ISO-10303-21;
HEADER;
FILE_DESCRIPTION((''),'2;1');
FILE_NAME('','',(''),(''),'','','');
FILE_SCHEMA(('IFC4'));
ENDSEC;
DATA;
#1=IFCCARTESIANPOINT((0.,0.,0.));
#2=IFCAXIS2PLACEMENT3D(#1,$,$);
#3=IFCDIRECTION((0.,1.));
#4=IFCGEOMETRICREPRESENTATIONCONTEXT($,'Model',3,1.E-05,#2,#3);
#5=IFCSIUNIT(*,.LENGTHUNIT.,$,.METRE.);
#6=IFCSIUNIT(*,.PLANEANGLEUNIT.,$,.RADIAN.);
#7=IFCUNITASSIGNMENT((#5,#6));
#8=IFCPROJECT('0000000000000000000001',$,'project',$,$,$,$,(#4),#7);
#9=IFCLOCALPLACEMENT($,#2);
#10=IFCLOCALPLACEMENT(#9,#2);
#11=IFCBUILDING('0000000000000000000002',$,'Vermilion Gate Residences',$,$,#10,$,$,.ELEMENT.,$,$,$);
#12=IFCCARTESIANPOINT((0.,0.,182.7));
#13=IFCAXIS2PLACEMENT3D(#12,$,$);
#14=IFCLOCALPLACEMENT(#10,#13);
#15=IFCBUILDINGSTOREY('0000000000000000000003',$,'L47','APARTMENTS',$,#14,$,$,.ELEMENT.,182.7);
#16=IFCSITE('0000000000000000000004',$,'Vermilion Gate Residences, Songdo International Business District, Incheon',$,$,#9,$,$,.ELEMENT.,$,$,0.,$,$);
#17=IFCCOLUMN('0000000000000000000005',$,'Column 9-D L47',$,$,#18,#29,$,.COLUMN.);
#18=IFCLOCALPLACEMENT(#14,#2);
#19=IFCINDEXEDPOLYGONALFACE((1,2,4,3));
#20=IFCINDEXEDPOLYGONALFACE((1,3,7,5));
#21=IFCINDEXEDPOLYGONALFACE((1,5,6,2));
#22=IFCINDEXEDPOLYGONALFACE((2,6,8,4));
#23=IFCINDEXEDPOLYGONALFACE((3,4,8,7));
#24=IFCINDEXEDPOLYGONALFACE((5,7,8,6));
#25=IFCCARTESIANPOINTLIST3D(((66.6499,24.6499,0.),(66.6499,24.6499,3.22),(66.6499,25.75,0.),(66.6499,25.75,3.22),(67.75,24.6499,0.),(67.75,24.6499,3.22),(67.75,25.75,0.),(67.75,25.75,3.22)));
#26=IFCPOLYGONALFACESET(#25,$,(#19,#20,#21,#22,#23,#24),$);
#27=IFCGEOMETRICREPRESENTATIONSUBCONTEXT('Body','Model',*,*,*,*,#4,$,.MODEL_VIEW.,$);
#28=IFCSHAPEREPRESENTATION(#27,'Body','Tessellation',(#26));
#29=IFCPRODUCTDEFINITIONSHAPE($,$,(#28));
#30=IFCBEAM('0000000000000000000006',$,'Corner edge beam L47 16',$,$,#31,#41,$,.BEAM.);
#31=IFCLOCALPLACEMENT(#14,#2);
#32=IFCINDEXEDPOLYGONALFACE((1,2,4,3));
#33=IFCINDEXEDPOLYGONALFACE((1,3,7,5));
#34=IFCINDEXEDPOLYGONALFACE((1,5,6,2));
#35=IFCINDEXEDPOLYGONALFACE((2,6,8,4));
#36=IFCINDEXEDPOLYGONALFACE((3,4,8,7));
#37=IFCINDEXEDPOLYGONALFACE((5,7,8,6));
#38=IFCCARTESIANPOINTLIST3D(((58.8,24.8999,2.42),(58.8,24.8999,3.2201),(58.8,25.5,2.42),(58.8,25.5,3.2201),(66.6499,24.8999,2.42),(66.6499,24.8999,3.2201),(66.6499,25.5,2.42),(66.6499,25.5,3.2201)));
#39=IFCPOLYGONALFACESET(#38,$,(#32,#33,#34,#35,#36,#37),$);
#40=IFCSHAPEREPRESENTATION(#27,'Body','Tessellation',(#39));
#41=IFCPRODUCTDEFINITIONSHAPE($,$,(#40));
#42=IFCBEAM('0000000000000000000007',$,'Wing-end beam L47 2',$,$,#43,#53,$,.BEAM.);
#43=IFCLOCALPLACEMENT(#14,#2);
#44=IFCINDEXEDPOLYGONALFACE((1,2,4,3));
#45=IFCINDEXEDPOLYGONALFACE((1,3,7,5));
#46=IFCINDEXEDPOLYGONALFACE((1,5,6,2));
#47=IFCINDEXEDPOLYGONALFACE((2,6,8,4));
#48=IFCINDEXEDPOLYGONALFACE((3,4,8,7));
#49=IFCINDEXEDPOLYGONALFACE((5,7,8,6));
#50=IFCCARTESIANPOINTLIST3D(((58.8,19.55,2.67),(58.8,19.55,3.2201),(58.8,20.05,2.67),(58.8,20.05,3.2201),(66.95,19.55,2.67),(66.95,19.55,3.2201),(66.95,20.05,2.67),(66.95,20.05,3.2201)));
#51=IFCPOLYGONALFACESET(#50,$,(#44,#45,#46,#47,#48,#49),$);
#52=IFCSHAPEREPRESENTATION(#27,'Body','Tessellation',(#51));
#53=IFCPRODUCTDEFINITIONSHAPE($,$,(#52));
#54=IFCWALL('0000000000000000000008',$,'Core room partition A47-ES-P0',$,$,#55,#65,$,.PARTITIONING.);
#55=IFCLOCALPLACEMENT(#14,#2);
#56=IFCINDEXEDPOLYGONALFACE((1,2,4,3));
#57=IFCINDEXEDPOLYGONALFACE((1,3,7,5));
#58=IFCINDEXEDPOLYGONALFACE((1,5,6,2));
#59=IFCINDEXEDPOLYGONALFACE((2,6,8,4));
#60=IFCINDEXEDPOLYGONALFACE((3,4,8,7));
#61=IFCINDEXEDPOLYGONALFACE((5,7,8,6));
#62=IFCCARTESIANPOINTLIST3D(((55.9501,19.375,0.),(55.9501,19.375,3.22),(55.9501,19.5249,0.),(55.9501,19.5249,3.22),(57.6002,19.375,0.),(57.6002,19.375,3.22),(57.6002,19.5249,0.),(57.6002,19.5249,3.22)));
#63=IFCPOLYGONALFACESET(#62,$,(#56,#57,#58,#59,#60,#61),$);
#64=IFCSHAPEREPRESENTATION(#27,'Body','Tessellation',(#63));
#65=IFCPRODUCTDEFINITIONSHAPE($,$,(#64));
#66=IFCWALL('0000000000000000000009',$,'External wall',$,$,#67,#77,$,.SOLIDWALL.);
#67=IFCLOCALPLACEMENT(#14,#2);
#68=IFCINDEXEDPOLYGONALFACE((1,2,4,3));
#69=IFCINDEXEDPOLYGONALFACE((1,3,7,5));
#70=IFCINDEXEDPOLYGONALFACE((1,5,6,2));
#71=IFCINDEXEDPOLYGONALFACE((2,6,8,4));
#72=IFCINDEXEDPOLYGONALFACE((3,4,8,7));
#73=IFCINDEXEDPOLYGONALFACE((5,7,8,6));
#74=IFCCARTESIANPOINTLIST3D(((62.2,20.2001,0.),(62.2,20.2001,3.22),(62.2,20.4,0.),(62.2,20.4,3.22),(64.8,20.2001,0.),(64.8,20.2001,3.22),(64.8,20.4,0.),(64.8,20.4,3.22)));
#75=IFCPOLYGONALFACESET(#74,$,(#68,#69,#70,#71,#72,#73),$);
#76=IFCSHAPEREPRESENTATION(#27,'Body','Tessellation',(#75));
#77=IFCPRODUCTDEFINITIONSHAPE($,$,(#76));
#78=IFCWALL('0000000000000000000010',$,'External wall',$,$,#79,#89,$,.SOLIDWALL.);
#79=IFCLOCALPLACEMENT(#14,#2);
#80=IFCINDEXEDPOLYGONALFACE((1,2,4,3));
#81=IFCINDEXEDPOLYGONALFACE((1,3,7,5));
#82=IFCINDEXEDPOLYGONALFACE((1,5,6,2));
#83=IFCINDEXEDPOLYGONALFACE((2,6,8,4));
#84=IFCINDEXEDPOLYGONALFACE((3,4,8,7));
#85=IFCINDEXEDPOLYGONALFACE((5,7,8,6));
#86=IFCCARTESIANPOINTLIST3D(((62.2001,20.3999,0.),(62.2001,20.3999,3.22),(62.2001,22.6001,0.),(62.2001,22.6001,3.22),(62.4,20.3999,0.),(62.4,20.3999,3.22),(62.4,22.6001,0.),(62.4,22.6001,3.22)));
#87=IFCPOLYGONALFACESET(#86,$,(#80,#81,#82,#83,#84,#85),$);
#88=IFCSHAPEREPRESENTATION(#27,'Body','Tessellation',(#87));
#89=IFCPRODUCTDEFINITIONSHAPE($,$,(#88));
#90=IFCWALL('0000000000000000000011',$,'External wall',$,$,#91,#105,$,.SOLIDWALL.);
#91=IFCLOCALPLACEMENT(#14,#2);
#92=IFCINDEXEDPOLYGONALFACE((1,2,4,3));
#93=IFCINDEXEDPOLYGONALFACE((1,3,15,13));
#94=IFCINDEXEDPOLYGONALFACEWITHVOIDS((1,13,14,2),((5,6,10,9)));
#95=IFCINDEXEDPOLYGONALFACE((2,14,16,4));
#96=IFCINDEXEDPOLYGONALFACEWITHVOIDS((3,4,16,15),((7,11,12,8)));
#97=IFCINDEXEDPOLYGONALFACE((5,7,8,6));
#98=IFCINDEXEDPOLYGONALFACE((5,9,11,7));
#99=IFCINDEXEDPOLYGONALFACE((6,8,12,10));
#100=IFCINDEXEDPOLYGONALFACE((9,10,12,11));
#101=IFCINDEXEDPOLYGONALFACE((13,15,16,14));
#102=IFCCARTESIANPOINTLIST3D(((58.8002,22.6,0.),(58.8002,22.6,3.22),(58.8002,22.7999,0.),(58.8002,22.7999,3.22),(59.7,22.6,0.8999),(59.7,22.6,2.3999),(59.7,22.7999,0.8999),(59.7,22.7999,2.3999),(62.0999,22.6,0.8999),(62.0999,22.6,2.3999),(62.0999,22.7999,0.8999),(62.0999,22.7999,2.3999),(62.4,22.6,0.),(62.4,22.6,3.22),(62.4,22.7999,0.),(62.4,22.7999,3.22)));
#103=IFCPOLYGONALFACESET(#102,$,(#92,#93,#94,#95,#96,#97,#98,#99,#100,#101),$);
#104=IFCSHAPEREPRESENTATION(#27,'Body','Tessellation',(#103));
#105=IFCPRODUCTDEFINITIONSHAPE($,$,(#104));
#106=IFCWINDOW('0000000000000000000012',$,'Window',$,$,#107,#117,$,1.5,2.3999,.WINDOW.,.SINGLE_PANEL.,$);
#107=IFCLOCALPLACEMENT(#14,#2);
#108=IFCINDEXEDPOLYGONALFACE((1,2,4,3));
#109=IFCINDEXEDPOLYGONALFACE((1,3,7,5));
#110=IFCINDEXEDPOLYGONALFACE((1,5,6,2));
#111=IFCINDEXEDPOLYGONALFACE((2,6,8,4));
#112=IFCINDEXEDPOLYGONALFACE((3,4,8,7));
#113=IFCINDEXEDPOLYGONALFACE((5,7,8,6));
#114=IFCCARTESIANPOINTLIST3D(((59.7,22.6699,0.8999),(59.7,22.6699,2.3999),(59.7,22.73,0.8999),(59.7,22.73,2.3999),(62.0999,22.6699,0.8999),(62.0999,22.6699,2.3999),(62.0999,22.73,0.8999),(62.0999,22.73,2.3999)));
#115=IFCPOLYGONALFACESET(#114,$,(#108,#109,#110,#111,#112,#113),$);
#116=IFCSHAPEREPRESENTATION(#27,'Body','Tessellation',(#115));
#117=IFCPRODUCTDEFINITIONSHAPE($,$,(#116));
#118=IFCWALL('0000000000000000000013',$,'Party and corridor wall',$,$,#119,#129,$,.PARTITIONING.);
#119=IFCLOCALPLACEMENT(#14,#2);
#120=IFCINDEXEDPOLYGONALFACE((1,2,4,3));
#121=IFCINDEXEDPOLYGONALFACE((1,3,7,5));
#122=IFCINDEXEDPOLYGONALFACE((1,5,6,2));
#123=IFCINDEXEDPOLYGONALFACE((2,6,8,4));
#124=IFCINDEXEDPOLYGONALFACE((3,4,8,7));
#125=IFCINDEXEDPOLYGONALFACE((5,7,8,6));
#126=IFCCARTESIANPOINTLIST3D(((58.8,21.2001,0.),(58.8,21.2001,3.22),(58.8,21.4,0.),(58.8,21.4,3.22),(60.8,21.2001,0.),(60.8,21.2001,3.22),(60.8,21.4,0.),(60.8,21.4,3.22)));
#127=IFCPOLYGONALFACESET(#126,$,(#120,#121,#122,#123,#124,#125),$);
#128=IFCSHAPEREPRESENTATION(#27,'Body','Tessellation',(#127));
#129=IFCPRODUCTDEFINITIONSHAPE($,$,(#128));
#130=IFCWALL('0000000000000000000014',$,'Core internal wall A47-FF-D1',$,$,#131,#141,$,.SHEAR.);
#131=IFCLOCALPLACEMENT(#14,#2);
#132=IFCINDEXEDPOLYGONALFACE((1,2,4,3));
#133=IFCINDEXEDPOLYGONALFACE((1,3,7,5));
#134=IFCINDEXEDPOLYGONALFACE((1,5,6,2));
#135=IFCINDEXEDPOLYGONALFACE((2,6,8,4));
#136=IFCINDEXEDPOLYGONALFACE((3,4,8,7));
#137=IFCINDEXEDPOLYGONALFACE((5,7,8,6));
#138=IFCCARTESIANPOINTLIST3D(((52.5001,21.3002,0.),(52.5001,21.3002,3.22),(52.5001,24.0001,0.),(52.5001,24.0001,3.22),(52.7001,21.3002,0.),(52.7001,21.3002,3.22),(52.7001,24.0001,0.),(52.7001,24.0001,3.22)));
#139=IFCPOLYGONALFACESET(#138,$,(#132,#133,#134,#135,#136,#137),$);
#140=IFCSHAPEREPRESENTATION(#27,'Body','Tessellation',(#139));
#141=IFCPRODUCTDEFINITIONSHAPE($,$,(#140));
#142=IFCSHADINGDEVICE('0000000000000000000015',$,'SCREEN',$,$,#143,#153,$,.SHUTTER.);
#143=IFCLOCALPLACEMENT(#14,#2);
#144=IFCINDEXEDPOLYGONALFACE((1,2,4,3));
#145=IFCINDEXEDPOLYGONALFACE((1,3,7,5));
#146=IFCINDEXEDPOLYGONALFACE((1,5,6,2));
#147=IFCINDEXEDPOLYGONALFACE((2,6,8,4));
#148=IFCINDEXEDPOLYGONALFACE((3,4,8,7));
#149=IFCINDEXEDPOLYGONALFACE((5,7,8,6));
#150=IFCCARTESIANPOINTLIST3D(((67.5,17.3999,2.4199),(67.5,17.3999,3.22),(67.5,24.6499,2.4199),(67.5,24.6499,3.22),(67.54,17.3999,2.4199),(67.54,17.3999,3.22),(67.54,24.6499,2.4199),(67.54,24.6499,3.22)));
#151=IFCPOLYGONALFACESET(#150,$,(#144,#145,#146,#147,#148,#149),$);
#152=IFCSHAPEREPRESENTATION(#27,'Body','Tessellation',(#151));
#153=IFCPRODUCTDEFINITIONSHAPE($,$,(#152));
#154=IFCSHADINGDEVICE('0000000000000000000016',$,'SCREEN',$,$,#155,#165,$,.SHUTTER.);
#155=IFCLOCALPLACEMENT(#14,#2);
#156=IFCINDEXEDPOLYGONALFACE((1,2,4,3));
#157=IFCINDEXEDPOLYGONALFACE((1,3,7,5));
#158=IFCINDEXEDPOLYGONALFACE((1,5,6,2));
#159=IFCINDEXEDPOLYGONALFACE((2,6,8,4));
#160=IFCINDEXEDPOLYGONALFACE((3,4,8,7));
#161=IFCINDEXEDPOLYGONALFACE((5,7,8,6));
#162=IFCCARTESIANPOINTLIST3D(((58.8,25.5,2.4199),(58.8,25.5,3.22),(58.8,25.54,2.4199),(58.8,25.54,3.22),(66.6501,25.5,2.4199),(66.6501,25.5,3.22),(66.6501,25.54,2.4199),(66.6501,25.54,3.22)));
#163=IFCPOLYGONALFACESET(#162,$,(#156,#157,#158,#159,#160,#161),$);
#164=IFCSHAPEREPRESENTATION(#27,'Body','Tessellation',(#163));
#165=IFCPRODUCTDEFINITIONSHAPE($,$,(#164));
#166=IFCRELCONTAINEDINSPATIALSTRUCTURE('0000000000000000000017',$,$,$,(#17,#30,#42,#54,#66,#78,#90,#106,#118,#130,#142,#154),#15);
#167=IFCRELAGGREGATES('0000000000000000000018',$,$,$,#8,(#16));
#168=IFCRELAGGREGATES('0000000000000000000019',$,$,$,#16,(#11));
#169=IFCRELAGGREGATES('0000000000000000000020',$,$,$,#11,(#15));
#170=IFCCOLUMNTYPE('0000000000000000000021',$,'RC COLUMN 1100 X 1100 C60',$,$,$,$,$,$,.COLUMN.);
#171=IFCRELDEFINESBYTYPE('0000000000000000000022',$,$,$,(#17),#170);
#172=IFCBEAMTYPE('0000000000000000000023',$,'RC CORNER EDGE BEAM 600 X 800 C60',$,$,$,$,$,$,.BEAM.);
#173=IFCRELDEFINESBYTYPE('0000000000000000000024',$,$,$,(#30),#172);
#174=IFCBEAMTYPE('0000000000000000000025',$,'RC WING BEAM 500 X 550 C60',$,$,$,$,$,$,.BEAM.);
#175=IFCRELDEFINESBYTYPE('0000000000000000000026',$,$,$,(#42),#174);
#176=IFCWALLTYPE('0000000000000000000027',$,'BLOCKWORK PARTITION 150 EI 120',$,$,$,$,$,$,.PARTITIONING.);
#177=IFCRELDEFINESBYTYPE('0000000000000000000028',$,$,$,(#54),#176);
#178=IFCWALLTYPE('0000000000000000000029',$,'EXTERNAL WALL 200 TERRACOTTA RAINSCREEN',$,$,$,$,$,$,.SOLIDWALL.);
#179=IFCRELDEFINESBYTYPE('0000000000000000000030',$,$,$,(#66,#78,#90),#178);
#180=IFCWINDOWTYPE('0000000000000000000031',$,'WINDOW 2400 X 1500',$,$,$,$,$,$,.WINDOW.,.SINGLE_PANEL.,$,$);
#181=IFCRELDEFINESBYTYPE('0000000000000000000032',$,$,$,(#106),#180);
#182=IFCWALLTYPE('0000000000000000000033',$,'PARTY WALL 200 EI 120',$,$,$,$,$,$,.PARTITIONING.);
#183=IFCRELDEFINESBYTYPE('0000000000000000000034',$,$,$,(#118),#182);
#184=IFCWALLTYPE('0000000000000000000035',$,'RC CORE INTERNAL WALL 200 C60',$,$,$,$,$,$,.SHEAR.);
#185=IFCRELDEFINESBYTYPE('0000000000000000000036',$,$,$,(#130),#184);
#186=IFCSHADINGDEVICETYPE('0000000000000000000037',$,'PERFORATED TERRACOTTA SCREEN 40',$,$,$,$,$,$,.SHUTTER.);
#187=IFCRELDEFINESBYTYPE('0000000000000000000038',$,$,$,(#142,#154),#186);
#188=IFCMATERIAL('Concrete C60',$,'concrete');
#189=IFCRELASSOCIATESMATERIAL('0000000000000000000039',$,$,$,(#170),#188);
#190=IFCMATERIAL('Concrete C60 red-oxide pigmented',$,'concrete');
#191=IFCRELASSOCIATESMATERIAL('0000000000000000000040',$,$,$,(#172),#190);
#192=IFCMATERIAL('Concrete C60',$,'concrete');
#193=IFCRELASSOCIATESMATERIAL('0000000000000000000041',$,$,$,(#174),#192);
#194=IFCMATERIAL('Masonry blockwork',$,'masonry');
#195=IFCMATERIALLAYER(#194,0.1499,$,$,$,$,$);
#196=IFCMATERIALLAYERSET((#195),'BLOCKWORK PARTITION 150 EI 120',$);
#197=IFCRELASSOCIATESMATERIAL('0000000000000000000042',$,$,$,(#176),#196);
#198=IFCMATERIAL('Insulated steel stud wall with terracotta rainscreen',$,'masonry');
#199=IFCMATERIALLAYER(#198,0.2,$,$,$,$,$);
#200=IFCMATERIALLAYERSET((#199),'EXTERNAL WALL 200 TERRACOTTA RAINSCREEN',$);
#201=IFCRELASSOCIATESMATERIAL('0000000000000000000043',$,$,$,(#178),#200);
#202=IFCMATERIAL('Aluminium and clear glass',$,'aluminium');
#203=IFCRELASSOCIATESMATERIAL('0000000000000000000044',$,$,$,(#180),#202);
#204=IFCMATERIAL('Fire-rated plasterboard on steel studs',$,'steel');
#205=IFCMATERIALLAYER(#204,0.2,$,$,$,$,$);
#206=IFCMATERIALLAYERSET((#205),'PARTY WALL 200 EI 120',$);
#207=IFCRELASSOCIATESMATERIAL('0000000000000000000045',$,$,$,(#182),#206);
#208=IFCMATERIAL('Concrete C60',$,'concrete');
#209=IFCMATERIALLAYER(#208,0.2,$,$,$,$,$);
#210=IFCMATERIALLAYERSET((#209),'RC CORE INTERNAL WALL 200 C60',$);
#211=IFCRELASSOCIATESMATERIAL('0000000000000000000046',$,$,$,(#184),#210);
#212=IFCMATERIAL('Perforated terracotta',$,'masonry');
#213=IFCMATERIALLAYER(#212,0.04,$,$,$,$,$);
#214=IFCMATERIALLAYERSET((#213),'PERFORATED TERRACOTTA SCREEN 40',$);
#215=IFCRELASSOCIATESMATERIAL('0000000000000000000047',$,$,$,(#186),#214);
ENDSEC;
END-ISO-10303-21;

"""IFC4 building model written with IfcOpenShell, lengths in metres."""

from ifc_helpers import new_model, si_unit, direction, frame, frame_2d, origin, origin_2d, place, context, subcontext, project, spatial, rectangle, extrude, material, layer, layer_set, material_profile, profile_set, type_object, element, fill, save


model = new_model("IFC4")

# Units and contexts
model_context = context("Model", 3, precision=1e-05, world=origin(), true_north=direction((0.0, 1.0)))
body_context = subcontext(model_context, "Body", "Model", "MODEL_VIEW")
ifc_project = project(units=[si_unit("LENGTHUNIT", "METRE"), si_unit("PLANEANGLEUNIT", "RADIAN")], contexts=[model_context])

# Site, building, storey
site_placement = place(None, origin())
site = spatial("IfcSite", under=ifc_project, at=site_placement, Name="Vermilion Gate Residences, Songdo International Business District, Incheon", CompositionType="ELEMENT", RefElevation=0.0)
building_placement = place(site_placement, origin())
building = spatial("IfcBuilding", under=site, at=building_placement, Name="Vermilion Gate Residences", CompositionType="ELEMENT")
storey_placement = place(building_placement, frame((0.0, 0.0, 182.7)))
storey = spatial("IfcBuildingStorey", under=building, at=storey_placement, Name="L47", Description="APARTMENTS", CompositionType="ELEMENT", Elevation=182.7)

# Column
ifc_material_1 = material(Name="Concrete C60", Category="concrete")
ifc_material_profile_1 = material_profile(ifc_material_1, rectangle(XDim=1.1001, YDim=1.1001, at=origin_2d()), Name="RC-1100x1100")
ifc_profile_set_1 = profile_set([ifc_material_profile_1], Name="Concrete C60")
column_type = type_object("IfcColumnType", Name="RC COLUMN 1100 X 1100 C60", PredefinedType="COLUMN", material=ifc_profile_set_1)
column_placement = place(storey_placement, frame((67.2, 25.2, 0.0), z_axis=(0.0, 0.0, 1.0), x_axis=(1.0, 0.0, 0.0)))
element("IfcColumn", 1, at=column_placement, inside=storey, type_object=column_type, Name="Column 9-D L47", PredefinedType="COLUMN", context=body_context, shape_type="SweptSolid", body=[
    extrude(rectangle(XDim=1.1001, YDim=1.1001, at=origin_2d()), origin(), (0.0, 0.0, 1.0), 3.22),
])

# Beams
ifc_material_2 = material(Name="Concrete C60 red-oxide pigmented", Category="concrete")
ifc_material_profile_2 = material_profile(ifc_material_2, rectangle(XDim=0.6001, YDim=0.8, at=origin_2d()), Name="RC-600x800")
ifc_profile_set_2 = profile_set([ifc_material_profile_2], Name="Concrete C60 red-oxide pigmented")
beam_type_1 = type_object("IfcBeamType", Name="RC CORNER EDGE BEAM 600 X 800 C60", PredefinedType="BEAM", material=ifc_profile_set_2)
beam_1_placement = place(storey_placement, frame((58.8, 25.2, 2.8201), z_axis=(1.0, 0.0, 0.0), x_axis=(0.0, 1.0, 0.0)))
element("IfcBeam", 2, at=beam_1_placement, inside=storey, type_object=beam_type_1, Name="Corner edge beam L47 16", PredefinedType="BEAM", context=body_context, shape_type="SweptSolid", body=[
    extrude(rectangle(XDim=0.6001, YDim=0.8, at=origin_2d()), origin(), (0.0, 0.0, 1.0), 7.8499),
])
ifc_material_3 = material(Name="Concrete C60", Category="concrete")
ifc_material_profile_3 = material_profile(ifc_material_3, rectangle(XDim=0.5, YDim=0.55, at=origin_2d()), Name="RC-500x550")
ifc_profile_set_3 = profile_set([ifc_material_profile_3], Name="Concrete C60")
beam_type_2 = type_object("IfcBeamType", Name="RC WING BEAM 500 X 550 C60", PredefinedType="BEAM", material=ifc_profile_set_3)
beam_2_placement = place(storey_placement, frame((58.8, 19.8, 2.9451), z_axis=(1.0, 0.0, 0.0), x_axis=(0.0, 1.0, 0.0)))
element("IfcBeam", 3, at=beam_2_placement, inside=storey, type_object=beam_type_2, Name="Wing-end beam L47 2", PredefinedType="BEAM", context=body_context, shape_type="SweptSolid", body=[
    extrude(rectangle(XDim=0.5, YDim=0.55, at=origin_2d()), origin(), (0.0, 0.0, 1.0), 8.1499),
])

# Walls
ifc_material_4 = material(Name="Masonry blockwork", Category="masonry")
ifc_layer_1 = layer(ifc_material_4, 0.1499)
ifc_layer_set_1 = layer_set([ifc_layer_1], Name="BLOCKWORK PARTITION 150 EI 120")
wall_type_1 = type_object("IfcWallType", Name="BLOCKWORK PARTITION 150 EI 120", PredefinedType="PARTITIONING", material=ifc_layer_set_1)
wall_1_placement = place(storey_placement, frame((55.95, 19.45, 0.0), z_axis=(0.0, 0.0, 1.0), x_axis=(1.0, 0.0, 0.0)))
element("IfcWall", 4, at=wall_1_placement, inside=storey, type_object=wall_type_1, Name="Core room partition A47-ES-P0", PredefinedType="PARTITIONING", context=body_context, shape_type="SweptSolid", body=[
    extrude(rectangle(XDim=1.6501, YDim=0.1499, at=frame_2d((0.8252, 0.0))), origin(), (0.0, 0.0, 1.0), 3.22),
])
ifc_material_5 = material(Name="Insulated steel stud wall with terracotta rainscreen", Category="masonry")
ifc_layer_2 = layer(ifc_material_5, 0.2)
ifc_layer_set_2 = layer_set([ifc_layer_2], Name="EXTERNAL WALL 200 TERRACOTTA RAINSCREEN")
wall_type_2 = type_object("IfcWallType", Name="EXTERNAL WALL 200 TERRACOTTA RAINSCREEN", PredefinedType="SOLIDWALL", material=ifc_layer_set_2)
wall_2_placement = place(storey_placement, frame((64.8, 20.3, 0.0), z_axis=(0.0, 0.0, 1.0), x_axis=(-1.0, 0.0, 0.0)))
element("IfcWall", 5, at=wall_2_placement, inside=storey, type_object=wall_type_2, Name="External wall", PredefinedType="SOLIDWALL", context=body_context, shape_type="SweptSolid", body=[
    extrude(rectangle(XDim=2.6001, YDim=0.2, at=frame_2d((1.3, 0.0))), origin(), (0.0, 0.0, 1.0), 3.22),
])
wall_3_placement = place(storey_placement, frame((62.3, 20.3999, 0.0), z_axis=(0.0, 0.0, 1.0), x_axis=(0.0, 1.0, 0.0)))
element("IfcWall", 6, at=wall_3_placement, inside=storey, type_object=wall_type_2, Name="External wall", PredefinedType="SOLIDWALL", context=body_context, shape_type="SweptSolid", body=[
    extrude(rectangle(XDim=2.2002, YDim=0.2, at=frame_2d((1.1001, 0.0))), origin(), (0.0, 0.0, 1.0), 3.22),
])

# Wall, opening, window
wall_4_placement = place(storey_placement, frame((62.3999, 22.7, 0.0), z_axis=(0.0, 0.0, 1.0), x_axis=(-1.0, 0.0, 0.0)))
wall_4 = element("IfcWall", 7, at=wall_4_placement, inside=storey, type_object=wall_type_2, Name="External wall", PredefinedType="SOLIDWALL", context=body_context, shape_type="SweptSolid", body=[
    extrude(rectangle(XDim=3.5999, YDim=0.2, at=frame_2d((1.7998, 0.0))), origin(), (0.0, 0.0, 1.0), 3.22),
])
opening_placement = place(wall_4_placement, frame((0.3, 0.0, 0.8999)))
opening = element("IfcOpeningElement", 8, at=opening_placement, cuts=wall_4, PredefinedType="OPENING", context=body_context, shape_type="SweptSolid", body=[
    extrude(rectangle(XDim=2.3999, YDim=1.5, at=frame_2d((1.2, 0.75))), frame((0.0, 0.1099, 0.0), z_axis=(0.0, -1.0, 0.0), x_axis=(1.0, 0.0, 0.0)), (0.0, 0.0, 1.0), 0.22),
])
ifc_material_6 = material(Name="Aluminium and clear glass", Category="aluminium")
window_type = type_object("IfcWindowType", Name="WINDOW 2400 X 1500", PartitioningType="SINGLE_PANEL", PredefinedType="WINDOW", material=ifc_material_6)
window_placement = place(opening_placement, origin())
window = element("IfcWindow", 9, at=window_placement, inside=storey, type_object=window_type, Name="Window", OverallHeight=1.5, OverallWidth=2.3999, PartitioningType="SINGLE_PANEL", PredefinedType="WINDOW", context=body_context, shape_type="SweptSolid", body=[
    extrude(rectangle(XDim=2.3999, YDim=1.5, at=frame_2d((1.2, 0.75))), frame((0.0, 0.03, 0.0), z_axis=(0.0, -1.0, 0.0), x_axis=(1.0, 0.0, 0.0)), (0.0, 0.0, 1.0), 0.0601),
])
fill(opening, window)

# Walls
ifc_material_7 = material(Name="Fire-rated plasterboard on steel studs", Category="steel")
ifc_layer_3 = layer(ifc_material_7, 0.2)
ifc_layer_set_3 = layer_set([ifc_layer_3], Name="PARTY WALL 200 EI 120")
wall_type_3 = type_object("IfcWallType", Name="PARTY WALL 200 EI 120", PredefinedType="PARTITIONING", material=ifc_layer_set_3)
wall_5_placement = place(storey_placement, frame((58.8, 21.3, 0.0), z_axis=(0.0, 0.0, 1.0), x_axis=(1.0, 0.0, 0.0)))
element("IfcWall", 10, at=wall_5_placement, inside=storey, type_object=wall_type_3, Name="Party and corridor wall", PredefinedType="PARTITIONING", context=body_context, shape_type="SweptSolid", body=[
    extrude(rectangle(XDim=2.0, YDim=0.2, at=frame_2d((1.0, 0.0))), origin(), (0.0, 0.0, 1.0), 3.22),
])
ifc_material_8 = material(Name="Concrete C60", Category="concrete")
ifc_layer_4 = layer(ifc_material_8, 0.2)
ifc_layer_set_4 = layer_set([ifc_layer_4], Name="RC CORE INTERNAL WALL 200 C60")
wall_type_4 = type_object("IfcWallType", Name="RC CORE INTERNAL WALL 200 C60", PredefinedType="SHEAR", material=ifc_layer_set_4)
wall_6_placement = place(storey_placement, frame((52.6001, 21.3, 0.0), z_axis=(0.0, 0.0, 1.0), x_axis=(0.0, 1.0, 0.0)))
element("IfcWall", 11, at=wall_6_placement, inside=storey, type_object=wall_type_4, Name="Core internal wall A47-FF-D1", PredefinedType="SHEAR", context=body_context, shape_type="SweptSolid", body=[
    extrude(rectangle(XDim=2.7, YDim=0.2, at=frame_2d((1.3501, 0.0))), origin(), (0.0, 0.0, 1.0), 3.22),
])

# Shading devices
ifc_material_9 = material(Name="Perforated terracotta", Category="masonry")
ifc_layer_5 = layer(ifc_material_9, 0.04)
ifc_layer_set_5 = layer_set([ifc_layer_5], Name="PERFORATED TERRACOTTA SCREEN 40")
shading_device_type_1 = type_object("IfcShadingDeviceType", Name="PERFORATED TERRACOTTA SCREEN 40", PredefinedType="SHUTTER", material=ifc_layer_set_5)
shading_device_1_placement = place(storey_placement, frame((67.52, 21.0249, 2.4199), z_axis=(0.0, 0.0, 1.0), x_axis=(0.0, 1.0, 0.0)))
element("IfcShadingDevice", 12, at=shading_device_1_placement, inside=storey, type_object=shading_device_type_1, Name="SCREEN", PredefinedType="SHUTTER", context=body_context, shape_type="SweptSolid", body=[
    extrude(rectangle(XDim=7.25, YDim=0.04, at=origin_2d()), origin(), (0.0, 0.0, 1.0), 0.8),
])
shading_device_2_placement = place(storey_placement, frame((62.7251, 25.52, 2.4199), z_axis=(0.0, 0.0, 1.0), x_axis=(-1.0, 0.0, 0.0)))
element("IfcShadingDevice", 13, at=shading_device_2_placement, inside=storey, type_object=shading_device_type_1, Name="SCREEN", PredefinedType="SHUTTER", context=body_context, shape_type="SweptSolid", body=[
    extrude(rectangle(XDim=7.8501, YDim=0.04, at=origin_2d()), origin(), (0.0, 0.0, 1.0), 0.8),
])

save(model, "model.ifc")
